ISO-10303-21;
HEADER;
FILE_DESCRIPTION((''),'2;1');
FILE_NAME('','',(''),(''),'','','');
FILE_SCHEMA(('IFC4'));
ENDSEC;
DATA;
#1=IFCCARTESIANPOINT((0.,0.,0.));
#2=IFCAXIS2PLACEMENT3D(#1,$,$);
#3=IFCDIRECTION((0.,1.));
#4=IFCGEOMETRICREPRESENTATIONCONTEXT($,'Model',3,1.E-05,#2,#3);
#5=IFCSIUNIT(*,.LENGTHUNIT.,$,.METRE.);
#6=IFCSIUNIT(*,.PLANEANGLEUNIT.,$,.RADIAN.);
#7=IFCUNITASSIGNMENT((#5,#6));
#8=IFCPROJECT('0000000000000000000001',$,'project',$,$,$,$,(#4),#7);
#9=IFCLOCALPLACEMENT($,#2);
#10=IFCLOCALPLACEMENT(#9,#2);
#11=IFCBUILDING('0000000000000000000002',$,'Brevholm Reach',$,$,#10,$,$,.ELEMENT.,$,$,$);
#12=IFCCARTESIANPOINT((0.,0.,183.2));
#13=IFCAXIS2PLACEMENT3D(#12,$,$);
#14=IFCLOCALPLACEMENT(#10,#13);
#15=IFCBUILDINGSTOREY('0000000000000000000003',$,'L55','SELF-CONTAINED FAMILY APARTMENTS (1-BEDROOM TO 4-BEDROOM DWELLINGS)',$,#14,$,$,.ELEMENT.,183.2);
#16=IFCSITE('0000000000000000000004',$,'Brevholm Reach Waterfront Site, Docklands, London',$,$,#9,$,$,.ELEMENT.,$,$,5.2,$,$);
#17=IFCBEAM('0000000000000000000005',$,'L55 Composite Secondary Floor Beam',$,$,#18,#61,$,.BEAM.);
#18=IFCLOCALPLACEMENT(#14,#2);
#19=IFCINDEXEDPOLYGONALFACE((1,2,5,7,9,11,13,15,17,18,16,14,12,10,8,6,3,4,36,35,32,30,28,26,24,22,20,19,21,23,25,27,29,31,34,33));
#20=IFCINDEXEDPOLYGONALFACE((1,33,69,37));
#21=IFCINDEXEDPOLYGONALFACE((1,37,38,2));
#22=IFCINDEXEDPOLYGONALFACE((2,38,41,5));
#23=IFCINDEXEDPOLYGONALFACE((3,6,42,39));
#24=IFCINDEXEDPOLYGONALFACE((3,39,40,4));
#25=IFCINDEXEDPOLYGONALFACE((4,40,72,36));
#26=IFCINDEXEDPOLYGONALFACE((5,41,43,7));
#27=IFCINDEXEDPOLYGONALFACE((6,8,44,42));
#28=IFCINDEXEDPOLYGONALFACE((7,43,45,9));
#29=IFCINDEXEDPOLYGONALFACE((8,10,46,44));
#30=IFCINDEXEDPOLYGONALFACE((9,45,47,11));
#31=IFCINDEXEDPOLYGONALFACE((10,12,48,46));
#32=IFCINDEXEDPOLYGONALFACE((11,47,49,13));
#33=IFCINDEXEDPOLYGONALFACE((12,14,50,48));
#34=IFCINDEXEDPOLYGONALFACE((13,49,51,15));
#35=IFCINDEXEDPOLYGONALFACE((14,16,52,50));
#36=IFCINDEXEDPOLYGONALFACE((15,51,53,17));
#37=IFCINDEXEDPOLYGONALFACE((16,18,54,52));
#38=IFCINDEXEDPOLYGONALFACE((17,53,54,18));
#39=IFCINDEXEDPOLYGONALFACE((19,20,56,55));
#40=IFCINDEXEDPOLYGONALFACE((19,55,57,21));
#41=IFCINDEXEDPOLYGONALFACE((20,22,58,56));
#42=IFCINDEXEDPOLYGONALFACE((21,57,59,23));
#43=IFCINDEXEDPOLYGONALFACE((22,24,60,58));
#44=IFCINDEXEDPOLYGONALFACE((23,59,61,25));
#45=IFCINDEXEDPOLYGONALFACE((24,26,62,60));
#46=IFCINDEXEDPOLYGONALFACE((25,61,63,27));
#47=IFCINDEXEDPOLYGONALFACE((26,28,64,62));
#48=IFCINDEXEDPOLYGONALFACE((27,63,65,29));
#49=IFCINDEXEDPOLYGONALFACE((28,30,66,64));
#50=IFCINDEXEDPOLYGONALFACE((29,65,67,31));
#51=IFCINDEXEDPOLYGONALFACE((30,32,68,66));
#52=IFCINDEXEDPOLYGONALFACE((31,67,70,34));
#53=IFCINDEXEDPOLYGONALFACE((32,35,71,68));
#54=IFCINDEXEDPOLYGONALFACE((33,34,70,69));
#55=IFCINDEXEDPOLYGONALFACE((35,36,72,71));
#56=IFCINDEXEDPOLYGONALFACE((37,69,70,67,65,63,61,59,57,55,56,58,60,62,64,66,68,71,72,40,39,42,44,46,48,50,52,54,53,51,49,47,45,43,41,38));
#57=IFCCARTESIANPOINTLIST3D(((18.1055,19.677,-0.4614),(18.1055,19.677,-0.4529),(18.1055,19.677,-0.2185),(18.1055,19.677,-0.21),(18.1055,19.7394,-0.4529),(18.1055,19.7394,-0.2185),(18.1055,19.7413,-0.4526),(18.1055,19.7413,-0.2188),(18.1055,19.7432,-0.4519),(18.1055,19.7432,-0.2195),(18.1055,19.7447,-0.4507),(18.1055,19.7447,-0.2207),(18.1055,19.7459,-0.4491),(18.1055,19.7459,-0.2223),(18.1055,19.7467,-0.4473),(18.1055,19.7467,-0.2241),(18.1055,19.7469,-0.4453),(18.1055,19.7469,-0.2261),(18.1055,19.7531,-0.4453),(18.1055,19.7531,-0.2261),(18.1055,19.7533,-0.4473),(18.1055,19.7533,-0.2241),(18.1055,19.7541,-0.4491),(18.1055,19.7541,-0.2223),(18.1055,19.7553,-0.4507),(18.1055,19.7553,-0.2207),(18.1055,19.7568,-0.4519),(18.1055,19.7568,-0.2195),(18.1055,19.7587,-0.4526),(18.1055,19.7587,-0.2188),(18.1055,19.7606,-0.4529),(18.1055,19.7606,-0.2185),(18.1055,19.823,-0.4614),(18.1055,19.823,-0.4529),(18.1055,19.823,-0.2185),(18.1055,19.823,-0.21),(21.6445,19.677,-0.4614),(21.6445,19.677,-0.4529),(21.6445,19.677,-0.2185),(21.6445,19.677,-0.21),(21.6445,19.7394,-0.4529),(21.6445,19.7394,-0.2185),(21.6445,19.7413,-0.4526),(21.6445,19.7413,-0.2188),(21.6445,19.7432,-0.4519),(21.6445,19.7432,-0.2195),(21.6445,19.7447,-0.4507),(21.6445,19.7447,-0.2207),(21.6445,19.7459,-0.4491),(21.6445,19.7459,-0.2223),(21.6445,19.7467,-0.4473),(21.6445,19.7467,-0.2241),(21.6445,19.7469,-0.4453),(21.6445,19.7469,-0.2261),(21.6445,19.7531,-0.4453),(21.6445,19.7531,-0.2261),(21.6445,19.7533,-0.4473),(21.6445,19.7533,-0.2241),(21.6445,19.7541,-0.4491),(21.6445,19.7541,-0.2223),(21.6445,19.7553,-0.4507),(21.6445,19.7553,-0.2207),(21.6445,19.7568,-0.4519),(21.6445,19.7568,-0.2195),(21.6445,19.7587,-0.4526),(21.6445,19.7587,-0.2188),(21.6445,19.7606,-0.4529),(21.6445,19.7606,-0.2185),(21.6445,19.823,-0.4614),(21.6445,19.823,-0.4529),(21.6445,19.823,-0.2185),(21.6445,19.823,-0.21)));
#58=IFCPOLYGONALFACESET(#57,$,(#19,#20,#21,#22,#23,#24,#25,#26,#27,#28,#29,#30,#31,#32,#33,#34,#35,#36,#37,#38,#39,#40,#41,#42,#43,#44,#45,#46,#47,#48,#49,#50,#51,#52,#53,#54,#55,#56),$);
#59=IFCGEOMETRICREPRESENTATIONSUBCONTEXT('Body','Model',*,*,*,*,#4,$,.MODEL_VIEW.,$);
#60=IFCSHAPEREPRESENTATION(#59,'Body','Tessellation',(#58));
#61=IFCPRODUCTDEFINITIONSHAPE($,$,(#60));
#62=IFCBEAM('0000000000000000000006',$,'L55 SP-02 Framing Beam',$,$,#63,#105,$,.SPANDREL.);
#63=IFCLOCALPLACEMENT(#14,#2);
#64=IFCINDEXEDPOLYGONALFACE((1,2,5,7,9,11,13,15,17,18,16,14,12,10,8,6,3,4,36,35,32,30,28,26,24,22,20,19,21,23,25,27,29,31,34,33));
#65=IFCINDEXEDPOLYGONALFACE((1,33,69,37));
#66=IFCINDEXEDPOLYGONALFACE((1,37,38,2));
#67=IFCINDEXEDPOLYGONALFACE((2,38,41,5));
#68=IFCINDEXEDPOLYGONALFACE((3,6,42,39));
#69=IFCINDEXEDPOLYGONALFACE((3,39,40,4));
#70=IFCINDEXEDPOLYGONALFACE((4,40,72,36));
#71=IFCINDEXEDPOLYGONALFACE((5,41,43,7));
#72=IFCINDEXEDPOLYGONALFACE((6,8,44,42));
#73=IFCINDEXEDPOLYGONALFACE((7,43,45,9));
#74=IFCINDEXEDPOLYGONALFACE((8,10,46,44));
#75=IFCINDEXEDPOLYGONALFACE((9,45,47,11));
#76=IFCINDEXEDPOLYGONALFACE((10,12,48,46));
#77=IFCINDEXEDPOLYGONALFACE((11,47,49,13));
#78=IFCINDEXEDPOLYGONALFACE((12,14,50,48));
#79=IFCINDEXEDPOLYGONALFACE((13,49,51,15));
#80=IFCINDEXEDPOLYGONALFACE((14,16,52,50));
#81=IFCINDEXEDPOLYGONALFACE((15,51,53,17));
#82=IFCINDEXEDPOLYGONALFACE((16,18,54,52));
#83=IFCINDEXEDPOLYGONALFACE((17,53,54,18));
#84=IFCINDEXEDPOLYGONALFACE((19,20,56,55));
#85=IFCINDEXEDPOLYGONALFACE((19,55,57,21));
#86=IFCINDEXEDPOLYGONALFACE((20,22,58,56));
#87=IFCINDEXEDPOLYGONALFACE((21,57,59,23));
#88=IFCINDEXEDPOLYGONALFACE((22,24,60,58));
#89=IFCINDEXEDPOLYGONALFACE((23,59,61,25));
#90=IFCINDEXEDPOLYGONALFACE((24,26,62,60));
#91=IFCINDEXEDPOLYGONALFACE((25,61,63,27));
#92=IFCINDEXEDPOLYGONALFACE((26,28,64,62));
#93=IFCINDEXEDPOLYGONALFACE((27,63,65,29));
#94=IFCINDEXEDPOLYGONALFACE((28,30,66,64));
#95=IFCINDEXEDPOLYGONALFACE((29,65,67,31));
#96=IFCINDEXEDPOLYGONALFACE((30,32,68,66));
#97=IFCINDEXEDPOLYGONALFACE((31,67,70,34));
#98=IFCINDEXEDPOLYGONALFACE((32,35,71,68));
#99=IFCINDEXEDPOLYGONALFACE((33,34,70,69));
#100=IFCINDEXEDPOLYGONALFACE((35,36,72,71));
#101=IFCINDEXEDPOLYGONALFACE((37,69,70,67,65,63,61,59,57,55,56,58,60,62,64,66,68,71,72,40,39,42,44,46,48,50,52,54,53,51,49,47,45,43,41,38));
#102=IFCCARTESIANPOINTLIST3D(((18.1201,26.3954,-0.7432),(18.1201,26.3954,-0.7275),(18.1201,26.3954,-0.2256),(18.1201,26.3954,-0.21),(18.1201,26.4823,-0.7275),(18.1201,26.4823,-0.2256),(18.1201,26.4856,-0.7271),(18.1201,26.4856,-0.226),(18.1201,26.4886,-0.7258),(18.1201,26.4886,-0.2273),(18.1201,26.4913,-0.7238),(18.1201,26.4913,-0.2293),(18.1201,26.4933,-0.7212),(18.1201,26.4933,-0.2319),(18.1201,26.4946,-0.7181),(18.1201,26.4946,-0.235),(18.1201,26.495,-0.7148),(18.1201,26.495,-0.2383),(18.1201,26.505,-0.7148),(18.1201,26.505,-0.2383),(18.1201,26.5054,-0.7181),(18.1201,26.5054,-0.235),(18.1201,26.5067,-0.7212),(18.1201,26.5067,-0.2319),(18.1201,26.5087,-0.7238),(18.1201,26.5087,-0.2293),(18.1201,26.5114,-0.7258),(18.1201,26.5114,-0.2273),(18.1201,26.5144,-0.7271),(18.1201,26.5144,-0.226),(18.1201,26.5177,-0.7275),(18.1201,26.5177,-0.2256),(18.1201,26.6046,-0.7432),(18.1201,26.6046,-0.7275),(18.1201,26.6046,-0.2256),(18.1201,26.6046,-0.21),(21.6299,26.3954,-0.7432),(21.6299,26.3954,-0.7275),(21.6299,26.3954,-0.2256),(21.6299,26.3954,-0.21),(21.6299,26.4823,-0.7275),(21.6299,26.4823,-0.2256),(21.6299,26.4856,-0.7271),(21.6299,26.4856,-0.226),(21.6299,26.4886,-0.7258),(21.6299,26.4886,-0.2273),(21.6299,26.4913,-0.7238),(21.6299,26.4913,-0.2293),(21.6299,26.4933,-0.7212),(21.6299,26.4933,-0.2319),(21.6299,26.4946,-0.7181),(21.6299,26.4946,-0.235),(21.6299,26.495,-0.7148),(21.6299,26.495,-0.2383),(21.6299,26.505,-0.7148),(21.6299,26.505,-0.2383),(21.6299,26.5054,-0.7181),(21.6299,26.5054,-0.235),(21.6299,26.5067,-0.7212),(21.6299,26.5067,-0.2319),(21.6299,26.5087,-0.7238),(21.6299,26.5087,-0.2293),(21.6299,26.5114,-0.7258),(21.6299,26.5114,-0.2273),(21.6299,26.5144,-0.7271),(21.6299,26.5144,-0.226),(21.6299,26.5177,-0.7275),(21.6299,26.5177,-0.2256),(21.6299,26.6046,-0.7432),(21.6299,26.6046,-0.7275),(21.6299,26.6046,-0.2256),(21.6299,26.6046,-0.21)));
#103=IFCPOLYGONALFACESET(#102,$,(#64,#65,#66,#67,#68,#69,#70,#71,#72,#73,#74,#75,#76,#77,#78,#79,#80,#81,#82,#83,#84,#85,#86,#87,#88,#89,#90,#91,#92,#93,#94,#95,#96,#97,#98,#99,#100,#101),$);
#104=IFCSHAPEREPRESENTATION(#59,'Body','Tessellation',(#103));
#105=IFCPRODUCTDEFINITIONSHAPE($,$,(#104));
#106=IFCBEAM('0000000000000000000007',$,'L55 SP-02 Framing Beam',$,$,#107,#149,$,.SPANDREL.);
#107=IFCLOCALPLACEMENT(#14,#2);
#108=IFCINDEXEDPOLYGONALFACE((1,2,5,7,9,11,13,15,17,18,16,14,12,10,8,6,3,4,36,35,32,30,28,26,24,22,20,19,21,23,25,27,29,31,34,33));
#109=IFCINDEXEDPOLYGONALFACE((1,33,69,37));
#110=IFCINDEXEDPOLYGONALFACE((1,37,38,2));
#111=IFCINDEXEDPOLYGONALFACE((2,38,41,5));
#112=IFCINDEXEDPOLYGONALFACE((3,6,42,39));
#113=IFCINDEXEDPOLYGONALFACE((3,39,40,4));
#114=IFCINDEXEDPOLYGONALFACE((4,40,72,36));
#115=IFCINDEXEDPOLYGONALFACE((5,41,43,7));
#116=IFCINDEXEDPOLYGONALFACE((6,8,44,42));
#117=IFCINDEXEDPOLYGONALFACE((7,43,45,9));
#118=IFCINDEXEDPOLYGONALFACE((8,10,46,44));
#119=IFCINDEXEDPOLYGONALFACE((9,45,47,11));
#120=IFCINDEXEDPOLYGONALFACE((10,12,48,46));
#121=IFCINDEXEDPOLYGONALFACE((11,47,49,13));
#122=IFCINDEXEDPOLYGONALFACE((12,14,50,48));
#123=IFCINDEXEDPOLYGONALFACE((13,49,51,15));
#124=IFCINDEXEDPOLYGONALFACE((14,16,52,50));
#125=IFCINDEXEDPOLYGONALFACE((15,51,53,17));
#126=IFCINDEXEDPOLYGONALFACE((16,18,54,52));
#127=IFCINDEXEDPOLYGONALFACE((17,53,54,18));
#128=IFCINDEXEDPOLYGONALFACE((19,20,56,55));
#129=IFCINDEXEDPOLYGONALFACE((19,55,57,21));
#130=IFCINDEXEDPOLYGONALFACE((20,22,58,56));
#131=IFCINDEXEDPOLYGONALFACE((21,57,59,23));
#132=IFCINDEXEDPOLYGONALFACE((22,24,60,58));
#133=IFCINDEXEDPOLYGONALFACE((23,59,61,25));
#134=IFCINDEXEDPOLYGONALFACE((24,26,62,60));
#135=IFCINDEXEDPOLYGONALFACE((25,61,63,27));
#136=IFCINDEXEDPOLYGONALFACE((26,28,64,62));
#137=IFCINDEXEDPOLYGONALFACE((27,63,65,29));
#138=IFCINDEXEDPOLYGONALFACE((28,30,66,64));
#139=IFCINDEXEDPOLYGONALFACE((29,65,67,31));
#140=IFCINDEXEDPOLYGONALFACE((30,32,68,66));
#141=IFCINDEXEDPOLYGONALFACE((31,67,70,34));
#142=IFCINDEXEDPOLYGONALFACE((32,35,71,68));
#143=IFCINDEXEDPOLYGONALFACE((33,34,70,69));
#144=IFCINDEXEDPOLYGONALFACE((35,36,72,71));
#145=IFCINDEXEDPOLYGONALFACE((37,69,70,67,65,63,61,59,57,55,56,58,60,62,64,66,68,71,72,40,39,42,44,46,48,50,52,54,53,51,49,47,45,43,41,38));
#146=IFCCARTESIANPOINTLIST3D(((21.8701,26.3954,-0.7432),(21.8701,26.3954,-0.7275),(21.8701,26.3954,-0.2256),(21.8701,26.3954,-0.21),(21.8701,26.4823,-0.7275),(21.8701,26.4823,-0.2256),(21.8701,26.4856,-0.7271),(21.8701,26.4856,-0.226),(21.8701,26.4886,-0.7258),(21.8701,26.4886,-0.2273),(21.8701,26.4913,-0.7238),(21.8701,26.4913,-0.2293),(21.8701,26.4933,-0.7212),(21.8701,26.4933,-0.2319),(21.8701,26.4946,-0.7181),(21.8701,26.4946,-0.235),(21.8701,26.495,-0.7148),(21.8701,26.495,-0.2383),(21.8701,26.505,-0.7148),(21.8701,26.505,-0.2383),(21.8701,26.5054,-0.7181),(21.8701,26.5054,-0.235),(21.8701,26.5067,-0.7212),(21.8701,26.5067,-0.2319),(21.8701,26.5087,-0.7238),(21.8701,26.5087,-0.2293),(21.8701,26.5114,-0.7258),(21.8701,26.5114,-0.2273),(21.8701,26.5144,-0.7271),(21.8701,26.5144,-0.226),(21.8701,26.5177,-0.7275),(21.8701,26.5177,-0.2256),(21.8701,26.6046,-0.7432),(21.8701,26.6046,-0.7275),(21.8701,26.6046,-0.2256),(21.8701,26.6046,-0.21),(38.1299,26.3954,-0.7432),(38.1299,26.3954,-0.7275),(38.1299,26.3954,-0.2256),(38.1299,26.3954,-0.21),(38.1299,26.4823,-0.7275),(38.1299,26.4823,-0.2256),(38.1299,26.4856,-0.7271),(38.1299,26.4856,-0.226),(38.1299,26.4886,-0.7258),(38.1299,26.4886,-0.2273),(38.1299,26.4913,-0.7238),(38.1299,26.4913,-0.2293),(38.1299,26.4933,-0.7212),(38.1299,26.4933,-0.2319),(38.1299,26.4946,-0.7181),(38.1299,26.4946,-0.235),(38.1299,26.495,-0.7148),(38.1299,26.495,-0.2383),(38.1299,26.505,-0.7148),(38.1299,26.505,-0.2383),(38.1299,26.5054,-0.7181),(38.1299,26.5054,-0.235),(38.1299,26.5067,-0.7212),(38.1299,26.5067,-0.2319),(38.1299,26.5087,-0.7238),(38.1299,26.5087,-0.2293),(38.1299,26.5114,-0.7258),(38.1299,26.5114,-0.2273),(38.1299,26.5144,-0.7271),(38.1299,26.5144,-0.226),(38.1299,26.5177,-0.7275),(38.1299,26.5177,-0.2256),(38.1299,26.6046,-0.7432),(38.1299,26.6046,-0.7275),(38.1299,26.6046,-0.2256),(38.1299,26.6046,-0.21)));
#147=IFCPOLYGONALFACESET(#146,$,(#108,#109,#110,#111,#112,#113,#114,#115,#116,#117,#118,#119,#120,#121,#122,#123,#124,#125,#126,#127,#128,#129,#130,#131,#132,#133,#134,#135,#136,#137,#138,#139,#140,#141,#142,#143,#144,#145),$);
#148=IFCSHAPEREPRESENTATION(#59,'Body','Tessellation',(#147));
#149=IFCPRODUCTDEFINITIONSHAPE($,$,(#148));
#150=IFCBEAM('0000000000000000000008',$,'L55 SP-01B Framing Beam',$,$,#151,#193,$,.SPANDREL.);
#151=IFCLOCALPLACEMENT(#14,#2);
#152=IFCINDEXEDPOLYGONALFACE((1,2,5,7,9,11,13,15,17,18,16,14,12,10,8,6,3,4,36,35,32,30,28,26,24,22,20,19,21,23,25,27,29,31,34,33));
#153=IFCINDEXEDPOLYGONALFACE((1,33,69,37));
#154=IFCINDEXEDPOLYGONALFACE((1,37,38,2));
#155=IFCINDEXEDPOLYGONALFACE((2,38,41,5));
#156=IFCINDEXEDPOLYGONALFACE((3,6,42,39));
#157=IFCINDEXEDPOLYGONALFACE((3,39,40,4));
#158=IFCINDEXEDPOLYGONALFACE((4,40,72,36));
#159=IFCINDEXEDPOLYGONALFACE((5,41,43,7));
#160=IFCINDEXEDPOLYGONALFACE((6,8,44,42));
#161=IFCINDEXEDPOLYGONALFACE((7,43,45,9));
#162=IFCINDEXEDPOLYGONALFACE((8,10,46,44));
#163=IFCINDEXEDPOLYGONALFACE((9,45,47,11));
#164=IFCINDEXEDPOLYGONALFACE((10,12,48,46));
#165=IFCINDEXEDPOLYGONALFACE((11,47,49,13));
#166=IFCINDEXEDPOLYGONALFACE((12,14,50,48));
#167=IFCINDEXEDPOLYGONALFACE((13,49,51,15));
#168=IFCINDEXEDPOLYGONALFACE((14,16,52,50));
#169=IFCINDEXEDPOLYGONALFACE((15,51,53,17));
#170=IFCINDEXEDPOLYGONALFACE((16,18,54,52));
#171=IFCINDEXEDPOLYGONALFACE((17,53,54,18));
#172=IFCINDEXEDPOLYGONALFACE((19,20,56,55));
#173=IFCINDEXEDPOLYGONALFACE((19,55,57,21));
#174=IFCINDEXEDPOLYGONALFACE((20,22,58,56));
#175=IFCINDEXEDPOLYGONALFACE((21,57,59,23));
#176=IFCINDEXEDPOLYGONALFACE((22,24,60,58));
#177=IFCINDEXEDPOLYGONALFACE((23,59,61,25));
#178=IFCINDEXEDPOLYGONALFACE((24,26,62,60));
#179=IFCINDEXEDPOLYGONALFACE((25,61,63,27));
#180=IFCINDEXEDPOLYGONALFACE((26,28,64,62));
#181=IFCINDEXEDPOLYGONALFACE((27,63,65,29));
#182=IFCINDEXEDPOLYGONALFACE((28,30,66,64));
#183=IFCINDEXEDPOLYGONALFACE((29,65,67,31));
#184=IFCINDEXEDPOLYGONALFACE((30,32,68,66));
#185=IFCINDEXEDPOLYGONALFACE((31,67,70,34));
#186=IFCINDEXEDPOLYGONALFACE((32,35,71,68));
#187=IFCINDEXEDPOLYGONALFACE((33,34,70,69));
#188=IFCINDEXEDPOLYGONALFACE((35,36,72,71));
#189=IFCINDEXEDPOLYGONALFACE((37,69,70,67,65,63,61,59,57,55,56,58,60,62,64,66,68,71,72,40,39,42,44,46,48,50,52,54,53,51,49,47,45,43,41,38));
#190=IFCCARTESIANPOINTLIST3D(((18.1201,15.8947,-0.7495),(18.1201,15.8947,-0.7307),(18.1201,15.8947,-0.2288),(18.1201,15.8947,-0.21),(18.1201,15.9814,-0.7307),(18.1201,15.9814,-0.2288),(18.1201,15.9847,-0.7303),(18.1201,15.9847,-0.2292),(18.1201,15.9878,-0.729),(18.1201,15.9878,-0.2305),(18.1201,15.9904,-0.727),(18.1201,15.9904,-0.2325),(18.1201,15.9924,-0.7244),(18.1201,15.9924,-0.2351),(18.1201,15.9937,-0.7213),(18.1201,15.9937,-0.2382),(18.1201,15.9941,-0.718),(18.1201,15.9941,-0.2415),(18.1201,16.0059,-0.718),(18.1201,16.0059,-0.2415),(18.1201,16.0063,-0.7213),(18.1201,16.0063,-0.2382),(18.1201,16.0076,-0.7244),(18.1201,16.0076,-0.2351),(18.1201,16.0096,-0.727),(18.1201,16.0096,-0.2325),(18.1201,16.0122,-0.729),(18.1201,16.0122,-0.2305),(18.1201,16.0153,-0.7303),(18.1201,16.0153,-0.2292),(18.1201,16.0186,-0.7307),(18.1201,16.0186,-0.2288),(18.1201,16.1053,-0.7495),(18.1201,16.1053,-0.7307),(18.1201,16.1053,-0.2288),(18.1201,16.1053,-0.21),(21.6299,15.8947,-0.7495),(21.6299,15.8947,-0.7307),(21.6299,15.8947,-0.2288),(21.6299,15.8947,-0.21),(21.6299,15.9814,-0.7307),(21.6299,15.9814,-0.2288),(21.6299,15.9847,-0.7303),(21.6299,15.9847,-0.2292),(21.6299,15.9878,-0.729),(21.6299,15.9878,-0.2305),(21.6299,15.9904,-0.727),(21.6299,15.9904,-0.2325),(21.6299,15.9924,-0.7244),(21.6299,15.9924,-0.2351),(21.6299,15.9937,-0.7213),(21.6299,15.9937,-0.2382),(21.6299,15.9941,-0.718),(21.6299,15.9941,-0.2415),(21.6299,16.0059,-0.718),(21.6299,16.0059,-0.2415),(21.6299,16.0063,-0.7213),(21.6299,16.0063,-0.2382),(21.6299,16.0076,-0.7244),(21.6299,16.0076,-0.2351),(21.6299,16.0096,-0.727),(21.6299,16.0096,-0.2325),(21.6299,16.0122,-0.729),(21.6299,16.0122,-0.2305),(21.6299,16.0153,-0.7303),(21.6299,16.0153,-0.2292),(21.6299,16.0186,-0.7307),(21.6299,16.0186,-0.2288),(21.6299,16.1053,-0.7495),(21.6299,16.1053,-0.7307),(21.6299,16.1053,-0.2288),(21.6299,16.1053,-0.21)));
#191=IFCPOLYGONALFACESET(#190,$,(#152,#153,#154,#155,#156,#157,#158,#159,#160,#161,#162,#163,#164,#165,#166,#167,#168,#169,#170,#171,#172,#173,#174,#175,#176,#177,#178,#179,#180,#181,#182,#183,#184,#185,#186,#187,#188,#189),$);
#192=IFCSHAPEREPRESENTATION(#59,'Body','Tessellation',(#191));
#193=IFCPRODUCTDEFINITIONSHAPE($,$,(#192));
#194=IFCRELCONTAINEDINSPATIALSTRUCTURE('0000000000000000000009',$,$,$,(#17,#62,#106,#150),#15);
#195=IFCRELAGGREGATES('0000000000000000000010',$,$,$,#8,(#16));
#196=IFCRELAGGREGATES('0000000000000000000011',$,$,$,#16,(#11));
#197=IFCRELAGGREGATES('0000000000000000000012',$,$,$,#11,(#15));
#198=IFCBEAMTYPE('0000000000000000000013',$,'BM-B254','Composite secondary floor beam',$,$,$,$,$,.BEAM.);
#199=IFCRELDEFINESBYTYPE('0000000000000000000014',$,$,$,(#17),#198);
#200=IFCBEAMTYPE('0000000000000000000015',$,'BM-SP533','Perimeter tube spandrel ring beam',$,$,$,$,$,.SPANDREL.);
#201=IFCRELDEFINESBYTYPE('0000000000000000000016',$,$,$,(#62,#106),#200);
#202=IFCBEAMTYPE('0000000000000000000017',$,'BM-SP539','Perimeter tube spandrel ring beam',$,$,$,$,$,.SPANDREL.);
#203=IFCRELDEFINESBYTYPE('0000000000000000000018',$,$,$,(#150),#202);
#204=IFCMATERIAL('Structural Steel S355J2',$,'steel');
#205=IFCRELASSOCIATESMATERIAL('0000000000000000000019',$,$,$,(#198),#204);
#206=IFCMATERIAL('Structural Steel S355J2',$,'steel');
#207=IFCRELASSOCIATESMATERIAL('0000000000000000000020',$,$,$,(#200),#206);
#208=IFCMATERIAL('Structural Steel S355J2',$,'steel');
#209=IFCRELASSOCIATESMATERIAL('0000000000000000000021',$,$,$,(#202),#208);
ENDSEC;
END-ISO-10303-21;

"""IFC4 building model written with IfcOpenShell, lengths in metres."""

from ifc_helpers import new_model, si_unit, direction, frame, origin, origin_2d, place, context, subcontext, project, spatial, i_section, extrude, material, material_profile, profile_set, type_object, element, save


model = new_model("IFC4")

# Units and contexts
model_context = context("Model", 3, precision=1e-05, world=origin(), true_north=direction((0.0, 1.0)))
body_context = subcontext(model_context, "Body", "Model", "MODEL_VIEW")
ifc_project = project(units=[si_unit("LENGTHUNIT", "METRE"), si_unit("PLANEANGLEUNIT", "RADIAN")], contexts=[model_context])

# Site, building, storey
site_placement = place(None, origin())
site = spatial("IfcSite", under=ifc_project, at=site_placement, Name="Brevholm Reach Waterfront Site, Docklands, London", CompositionType="ELEMENT", RefElevation=5.2)
building_placement = place(site_placement, origin())
building = spatial("IfcBuilding", under=site, at=building_placement, Name="Brevholm Reach", CompositionType="ELEMENT")
storey_placement = place(building_placement, frame((0.0, 0.0, 183.2)))
storey = spatial("IfcBuildingStorey", under=building, at=storey_placement, Name="L55", Description="SELF-CONTAINED FAMILY APARTMENTS (1-BEDROOM TO 4-BEDROOM DWELLINGS)", CompositionType="ELEMENT", Elevation=183.2)

# Beams
ifc_material_1 = material(Name="Structural Steel S355J2", Category="steel")
ifc_material_profile_1 = material_profile(ifc_material_1, i_section(OverallWidth=0.146, OverallDepth=0.2515, WebThickness=0.0061, FlangeThickness=0.0085, FilletRadius=0.0076, at=origin_2d()), Name="UKB 254x146x31")
ifc_profile_set_1 = profile_set([ifc_material_profile_1], Name="Structural Steel S355J2")
beam_type_1 = type_object("IfcBeamType", Name="BM-B254", Description="Composite secondary floor beam", PredefinedType="BEAM", material=ifc_profile_set_1)
beam_1_placement = place(storey_placement, frame((18.1055, 19.75, -0.3357), z_axis=(1.0, 0.0, 0.0), x_axis=(0.0, 1.0, 0.0)))
element("IfcBeam", 1, at=beam_1_placement, inside=storey, type_object=beam_type_1, Name="L55 Composite Secondary Floor Beam", PredefinedType="BEAM", context=body_context, shape_type="SweptSolid", body=[
    extrude(i_section(OverallWidth=0.146, OverallDepth=0.2515, WebThickness=0.0061, FlangeThickness=0.0085, FilletRadius=0.0076, at=origin_2d()), origin(), (0.0, 0.0, 1.0), 3.5391),
])
ifc_material_2 = material(Name="Structural Steel S355J2", Category="steel")
ifc_material_profile_2 = material_profile(ifc_material_2, i_section(OverallWidth=0.2092, OverallDepth=0.5332, WebThickness=0.01, FlangeThickness=0.0156, FilletRadius=0.0127, at=origin_2d()), Name="UKB 533x210x92")
ifc_profile_set_2 = profile_set([ifc_material_profile_2], Name="Structural Steel S355J2")
beam_type_2 = type_object("IfcBeamType", Name="BM-SP533", Description="Perimeter tube spandrel ring beam", PredefinedType="SPANDREL", material=ifc_profile_set_2)
beam_2_placement = place(storey_placement, frame((18.1201, 26.5, -0.4766), z_axis=(1.0, 0.0, 0.0), x_axis=(0.0, 1.0, 0.0)))
element("IfcBeam", 2, at=beam_2_placement, inside=storey, type_object=beam_type_2, Name="L55 SP-02 Framing Beam", PredefinedType="SPANDREL", context=body_context, shape_type="SweptSolid", body=[
    extrude(i_section(OverallWidth=0.2092, OverallDepth=0.5332, WebThickness=0.01, FlangeThickness=0.0156, FilletRadius=0.0127, at=origin_2d()), origin(), (0.0, 0.0, 1.0), 3.5098),
])
beam_3_placement = place(storey_placement, frame((21.8701, 26.5, -0.4766), z_axis=(1.0, 0.0, 0.0), x_axis=(0.0, 1.0, 0.0)))
element("IfcBeam", 3, at=beam_3_placement, inside=storey, type_object=beam_type_2, Name="L55 SP-02 Framing Beam", PredefinedType="SPANDREL", context=body_context, shape_type="SweptSolid", body=[
    extrude(i_section(OverallWidth=0.2092, OverallDepth=0.5332, WebThickness=0.01, FlangeThickness=0.0156, FilletRadius=0.0127, at=origin_2d()), origin(), (0.0, 0.0, 1.0), 16.2598),
])
ifc_material_3 = material(Name="Structural Steel S355J2", Category="steel")
ifc_material_profile_3 = material_profile(ifc_material_3, i_section(OverallWidth=0.2107, OverallDepth=0.5396, WebThickness=0.0117, FlangeThickness=0.0188, FilletRadius=0.0127, at=origin_2d()), Name="UKB 533x210x109")
ifc_profile_set_3 = profile_set([ifc_material_profile_3], Name="Structural Steel S355J2")
beam_type_3 = type_object("IfcBeamType", Name="BM-SP539", Description="Perimeter tube spandrel ring beam", PredefinedType="SPANDREL", material=ifc_profile_set_3)
for number, where, z_axis, x_axis, name in (
    (4, (18.1201, 16.0, -0.4797), (1.0, 0.0, 0.0), (0.0, 1.0, 0.0), "L55 SP-01B Framing Beam"),
):
    element("IfcBeam", number, at=place(storey_placement, frame(where, z_axis=z_axis, x_axis=x_axis)), inside=storey, type_object=beam_type_3, Name=name, PredefinedType="SPANDREL", context=body_context, shape_type="SweptSolid", body=[
        extrude(i_section(OverallWidth=0.2107, OverallDepth=0.5396, WebThickness=0.0117, FlangeThickness=0.0188, FilletRadius=0.0127, at=origin_2d()), origin(), (0.0, 0.0, 1.0), 3.5098),
    ])

save(model, "model.ifc")
